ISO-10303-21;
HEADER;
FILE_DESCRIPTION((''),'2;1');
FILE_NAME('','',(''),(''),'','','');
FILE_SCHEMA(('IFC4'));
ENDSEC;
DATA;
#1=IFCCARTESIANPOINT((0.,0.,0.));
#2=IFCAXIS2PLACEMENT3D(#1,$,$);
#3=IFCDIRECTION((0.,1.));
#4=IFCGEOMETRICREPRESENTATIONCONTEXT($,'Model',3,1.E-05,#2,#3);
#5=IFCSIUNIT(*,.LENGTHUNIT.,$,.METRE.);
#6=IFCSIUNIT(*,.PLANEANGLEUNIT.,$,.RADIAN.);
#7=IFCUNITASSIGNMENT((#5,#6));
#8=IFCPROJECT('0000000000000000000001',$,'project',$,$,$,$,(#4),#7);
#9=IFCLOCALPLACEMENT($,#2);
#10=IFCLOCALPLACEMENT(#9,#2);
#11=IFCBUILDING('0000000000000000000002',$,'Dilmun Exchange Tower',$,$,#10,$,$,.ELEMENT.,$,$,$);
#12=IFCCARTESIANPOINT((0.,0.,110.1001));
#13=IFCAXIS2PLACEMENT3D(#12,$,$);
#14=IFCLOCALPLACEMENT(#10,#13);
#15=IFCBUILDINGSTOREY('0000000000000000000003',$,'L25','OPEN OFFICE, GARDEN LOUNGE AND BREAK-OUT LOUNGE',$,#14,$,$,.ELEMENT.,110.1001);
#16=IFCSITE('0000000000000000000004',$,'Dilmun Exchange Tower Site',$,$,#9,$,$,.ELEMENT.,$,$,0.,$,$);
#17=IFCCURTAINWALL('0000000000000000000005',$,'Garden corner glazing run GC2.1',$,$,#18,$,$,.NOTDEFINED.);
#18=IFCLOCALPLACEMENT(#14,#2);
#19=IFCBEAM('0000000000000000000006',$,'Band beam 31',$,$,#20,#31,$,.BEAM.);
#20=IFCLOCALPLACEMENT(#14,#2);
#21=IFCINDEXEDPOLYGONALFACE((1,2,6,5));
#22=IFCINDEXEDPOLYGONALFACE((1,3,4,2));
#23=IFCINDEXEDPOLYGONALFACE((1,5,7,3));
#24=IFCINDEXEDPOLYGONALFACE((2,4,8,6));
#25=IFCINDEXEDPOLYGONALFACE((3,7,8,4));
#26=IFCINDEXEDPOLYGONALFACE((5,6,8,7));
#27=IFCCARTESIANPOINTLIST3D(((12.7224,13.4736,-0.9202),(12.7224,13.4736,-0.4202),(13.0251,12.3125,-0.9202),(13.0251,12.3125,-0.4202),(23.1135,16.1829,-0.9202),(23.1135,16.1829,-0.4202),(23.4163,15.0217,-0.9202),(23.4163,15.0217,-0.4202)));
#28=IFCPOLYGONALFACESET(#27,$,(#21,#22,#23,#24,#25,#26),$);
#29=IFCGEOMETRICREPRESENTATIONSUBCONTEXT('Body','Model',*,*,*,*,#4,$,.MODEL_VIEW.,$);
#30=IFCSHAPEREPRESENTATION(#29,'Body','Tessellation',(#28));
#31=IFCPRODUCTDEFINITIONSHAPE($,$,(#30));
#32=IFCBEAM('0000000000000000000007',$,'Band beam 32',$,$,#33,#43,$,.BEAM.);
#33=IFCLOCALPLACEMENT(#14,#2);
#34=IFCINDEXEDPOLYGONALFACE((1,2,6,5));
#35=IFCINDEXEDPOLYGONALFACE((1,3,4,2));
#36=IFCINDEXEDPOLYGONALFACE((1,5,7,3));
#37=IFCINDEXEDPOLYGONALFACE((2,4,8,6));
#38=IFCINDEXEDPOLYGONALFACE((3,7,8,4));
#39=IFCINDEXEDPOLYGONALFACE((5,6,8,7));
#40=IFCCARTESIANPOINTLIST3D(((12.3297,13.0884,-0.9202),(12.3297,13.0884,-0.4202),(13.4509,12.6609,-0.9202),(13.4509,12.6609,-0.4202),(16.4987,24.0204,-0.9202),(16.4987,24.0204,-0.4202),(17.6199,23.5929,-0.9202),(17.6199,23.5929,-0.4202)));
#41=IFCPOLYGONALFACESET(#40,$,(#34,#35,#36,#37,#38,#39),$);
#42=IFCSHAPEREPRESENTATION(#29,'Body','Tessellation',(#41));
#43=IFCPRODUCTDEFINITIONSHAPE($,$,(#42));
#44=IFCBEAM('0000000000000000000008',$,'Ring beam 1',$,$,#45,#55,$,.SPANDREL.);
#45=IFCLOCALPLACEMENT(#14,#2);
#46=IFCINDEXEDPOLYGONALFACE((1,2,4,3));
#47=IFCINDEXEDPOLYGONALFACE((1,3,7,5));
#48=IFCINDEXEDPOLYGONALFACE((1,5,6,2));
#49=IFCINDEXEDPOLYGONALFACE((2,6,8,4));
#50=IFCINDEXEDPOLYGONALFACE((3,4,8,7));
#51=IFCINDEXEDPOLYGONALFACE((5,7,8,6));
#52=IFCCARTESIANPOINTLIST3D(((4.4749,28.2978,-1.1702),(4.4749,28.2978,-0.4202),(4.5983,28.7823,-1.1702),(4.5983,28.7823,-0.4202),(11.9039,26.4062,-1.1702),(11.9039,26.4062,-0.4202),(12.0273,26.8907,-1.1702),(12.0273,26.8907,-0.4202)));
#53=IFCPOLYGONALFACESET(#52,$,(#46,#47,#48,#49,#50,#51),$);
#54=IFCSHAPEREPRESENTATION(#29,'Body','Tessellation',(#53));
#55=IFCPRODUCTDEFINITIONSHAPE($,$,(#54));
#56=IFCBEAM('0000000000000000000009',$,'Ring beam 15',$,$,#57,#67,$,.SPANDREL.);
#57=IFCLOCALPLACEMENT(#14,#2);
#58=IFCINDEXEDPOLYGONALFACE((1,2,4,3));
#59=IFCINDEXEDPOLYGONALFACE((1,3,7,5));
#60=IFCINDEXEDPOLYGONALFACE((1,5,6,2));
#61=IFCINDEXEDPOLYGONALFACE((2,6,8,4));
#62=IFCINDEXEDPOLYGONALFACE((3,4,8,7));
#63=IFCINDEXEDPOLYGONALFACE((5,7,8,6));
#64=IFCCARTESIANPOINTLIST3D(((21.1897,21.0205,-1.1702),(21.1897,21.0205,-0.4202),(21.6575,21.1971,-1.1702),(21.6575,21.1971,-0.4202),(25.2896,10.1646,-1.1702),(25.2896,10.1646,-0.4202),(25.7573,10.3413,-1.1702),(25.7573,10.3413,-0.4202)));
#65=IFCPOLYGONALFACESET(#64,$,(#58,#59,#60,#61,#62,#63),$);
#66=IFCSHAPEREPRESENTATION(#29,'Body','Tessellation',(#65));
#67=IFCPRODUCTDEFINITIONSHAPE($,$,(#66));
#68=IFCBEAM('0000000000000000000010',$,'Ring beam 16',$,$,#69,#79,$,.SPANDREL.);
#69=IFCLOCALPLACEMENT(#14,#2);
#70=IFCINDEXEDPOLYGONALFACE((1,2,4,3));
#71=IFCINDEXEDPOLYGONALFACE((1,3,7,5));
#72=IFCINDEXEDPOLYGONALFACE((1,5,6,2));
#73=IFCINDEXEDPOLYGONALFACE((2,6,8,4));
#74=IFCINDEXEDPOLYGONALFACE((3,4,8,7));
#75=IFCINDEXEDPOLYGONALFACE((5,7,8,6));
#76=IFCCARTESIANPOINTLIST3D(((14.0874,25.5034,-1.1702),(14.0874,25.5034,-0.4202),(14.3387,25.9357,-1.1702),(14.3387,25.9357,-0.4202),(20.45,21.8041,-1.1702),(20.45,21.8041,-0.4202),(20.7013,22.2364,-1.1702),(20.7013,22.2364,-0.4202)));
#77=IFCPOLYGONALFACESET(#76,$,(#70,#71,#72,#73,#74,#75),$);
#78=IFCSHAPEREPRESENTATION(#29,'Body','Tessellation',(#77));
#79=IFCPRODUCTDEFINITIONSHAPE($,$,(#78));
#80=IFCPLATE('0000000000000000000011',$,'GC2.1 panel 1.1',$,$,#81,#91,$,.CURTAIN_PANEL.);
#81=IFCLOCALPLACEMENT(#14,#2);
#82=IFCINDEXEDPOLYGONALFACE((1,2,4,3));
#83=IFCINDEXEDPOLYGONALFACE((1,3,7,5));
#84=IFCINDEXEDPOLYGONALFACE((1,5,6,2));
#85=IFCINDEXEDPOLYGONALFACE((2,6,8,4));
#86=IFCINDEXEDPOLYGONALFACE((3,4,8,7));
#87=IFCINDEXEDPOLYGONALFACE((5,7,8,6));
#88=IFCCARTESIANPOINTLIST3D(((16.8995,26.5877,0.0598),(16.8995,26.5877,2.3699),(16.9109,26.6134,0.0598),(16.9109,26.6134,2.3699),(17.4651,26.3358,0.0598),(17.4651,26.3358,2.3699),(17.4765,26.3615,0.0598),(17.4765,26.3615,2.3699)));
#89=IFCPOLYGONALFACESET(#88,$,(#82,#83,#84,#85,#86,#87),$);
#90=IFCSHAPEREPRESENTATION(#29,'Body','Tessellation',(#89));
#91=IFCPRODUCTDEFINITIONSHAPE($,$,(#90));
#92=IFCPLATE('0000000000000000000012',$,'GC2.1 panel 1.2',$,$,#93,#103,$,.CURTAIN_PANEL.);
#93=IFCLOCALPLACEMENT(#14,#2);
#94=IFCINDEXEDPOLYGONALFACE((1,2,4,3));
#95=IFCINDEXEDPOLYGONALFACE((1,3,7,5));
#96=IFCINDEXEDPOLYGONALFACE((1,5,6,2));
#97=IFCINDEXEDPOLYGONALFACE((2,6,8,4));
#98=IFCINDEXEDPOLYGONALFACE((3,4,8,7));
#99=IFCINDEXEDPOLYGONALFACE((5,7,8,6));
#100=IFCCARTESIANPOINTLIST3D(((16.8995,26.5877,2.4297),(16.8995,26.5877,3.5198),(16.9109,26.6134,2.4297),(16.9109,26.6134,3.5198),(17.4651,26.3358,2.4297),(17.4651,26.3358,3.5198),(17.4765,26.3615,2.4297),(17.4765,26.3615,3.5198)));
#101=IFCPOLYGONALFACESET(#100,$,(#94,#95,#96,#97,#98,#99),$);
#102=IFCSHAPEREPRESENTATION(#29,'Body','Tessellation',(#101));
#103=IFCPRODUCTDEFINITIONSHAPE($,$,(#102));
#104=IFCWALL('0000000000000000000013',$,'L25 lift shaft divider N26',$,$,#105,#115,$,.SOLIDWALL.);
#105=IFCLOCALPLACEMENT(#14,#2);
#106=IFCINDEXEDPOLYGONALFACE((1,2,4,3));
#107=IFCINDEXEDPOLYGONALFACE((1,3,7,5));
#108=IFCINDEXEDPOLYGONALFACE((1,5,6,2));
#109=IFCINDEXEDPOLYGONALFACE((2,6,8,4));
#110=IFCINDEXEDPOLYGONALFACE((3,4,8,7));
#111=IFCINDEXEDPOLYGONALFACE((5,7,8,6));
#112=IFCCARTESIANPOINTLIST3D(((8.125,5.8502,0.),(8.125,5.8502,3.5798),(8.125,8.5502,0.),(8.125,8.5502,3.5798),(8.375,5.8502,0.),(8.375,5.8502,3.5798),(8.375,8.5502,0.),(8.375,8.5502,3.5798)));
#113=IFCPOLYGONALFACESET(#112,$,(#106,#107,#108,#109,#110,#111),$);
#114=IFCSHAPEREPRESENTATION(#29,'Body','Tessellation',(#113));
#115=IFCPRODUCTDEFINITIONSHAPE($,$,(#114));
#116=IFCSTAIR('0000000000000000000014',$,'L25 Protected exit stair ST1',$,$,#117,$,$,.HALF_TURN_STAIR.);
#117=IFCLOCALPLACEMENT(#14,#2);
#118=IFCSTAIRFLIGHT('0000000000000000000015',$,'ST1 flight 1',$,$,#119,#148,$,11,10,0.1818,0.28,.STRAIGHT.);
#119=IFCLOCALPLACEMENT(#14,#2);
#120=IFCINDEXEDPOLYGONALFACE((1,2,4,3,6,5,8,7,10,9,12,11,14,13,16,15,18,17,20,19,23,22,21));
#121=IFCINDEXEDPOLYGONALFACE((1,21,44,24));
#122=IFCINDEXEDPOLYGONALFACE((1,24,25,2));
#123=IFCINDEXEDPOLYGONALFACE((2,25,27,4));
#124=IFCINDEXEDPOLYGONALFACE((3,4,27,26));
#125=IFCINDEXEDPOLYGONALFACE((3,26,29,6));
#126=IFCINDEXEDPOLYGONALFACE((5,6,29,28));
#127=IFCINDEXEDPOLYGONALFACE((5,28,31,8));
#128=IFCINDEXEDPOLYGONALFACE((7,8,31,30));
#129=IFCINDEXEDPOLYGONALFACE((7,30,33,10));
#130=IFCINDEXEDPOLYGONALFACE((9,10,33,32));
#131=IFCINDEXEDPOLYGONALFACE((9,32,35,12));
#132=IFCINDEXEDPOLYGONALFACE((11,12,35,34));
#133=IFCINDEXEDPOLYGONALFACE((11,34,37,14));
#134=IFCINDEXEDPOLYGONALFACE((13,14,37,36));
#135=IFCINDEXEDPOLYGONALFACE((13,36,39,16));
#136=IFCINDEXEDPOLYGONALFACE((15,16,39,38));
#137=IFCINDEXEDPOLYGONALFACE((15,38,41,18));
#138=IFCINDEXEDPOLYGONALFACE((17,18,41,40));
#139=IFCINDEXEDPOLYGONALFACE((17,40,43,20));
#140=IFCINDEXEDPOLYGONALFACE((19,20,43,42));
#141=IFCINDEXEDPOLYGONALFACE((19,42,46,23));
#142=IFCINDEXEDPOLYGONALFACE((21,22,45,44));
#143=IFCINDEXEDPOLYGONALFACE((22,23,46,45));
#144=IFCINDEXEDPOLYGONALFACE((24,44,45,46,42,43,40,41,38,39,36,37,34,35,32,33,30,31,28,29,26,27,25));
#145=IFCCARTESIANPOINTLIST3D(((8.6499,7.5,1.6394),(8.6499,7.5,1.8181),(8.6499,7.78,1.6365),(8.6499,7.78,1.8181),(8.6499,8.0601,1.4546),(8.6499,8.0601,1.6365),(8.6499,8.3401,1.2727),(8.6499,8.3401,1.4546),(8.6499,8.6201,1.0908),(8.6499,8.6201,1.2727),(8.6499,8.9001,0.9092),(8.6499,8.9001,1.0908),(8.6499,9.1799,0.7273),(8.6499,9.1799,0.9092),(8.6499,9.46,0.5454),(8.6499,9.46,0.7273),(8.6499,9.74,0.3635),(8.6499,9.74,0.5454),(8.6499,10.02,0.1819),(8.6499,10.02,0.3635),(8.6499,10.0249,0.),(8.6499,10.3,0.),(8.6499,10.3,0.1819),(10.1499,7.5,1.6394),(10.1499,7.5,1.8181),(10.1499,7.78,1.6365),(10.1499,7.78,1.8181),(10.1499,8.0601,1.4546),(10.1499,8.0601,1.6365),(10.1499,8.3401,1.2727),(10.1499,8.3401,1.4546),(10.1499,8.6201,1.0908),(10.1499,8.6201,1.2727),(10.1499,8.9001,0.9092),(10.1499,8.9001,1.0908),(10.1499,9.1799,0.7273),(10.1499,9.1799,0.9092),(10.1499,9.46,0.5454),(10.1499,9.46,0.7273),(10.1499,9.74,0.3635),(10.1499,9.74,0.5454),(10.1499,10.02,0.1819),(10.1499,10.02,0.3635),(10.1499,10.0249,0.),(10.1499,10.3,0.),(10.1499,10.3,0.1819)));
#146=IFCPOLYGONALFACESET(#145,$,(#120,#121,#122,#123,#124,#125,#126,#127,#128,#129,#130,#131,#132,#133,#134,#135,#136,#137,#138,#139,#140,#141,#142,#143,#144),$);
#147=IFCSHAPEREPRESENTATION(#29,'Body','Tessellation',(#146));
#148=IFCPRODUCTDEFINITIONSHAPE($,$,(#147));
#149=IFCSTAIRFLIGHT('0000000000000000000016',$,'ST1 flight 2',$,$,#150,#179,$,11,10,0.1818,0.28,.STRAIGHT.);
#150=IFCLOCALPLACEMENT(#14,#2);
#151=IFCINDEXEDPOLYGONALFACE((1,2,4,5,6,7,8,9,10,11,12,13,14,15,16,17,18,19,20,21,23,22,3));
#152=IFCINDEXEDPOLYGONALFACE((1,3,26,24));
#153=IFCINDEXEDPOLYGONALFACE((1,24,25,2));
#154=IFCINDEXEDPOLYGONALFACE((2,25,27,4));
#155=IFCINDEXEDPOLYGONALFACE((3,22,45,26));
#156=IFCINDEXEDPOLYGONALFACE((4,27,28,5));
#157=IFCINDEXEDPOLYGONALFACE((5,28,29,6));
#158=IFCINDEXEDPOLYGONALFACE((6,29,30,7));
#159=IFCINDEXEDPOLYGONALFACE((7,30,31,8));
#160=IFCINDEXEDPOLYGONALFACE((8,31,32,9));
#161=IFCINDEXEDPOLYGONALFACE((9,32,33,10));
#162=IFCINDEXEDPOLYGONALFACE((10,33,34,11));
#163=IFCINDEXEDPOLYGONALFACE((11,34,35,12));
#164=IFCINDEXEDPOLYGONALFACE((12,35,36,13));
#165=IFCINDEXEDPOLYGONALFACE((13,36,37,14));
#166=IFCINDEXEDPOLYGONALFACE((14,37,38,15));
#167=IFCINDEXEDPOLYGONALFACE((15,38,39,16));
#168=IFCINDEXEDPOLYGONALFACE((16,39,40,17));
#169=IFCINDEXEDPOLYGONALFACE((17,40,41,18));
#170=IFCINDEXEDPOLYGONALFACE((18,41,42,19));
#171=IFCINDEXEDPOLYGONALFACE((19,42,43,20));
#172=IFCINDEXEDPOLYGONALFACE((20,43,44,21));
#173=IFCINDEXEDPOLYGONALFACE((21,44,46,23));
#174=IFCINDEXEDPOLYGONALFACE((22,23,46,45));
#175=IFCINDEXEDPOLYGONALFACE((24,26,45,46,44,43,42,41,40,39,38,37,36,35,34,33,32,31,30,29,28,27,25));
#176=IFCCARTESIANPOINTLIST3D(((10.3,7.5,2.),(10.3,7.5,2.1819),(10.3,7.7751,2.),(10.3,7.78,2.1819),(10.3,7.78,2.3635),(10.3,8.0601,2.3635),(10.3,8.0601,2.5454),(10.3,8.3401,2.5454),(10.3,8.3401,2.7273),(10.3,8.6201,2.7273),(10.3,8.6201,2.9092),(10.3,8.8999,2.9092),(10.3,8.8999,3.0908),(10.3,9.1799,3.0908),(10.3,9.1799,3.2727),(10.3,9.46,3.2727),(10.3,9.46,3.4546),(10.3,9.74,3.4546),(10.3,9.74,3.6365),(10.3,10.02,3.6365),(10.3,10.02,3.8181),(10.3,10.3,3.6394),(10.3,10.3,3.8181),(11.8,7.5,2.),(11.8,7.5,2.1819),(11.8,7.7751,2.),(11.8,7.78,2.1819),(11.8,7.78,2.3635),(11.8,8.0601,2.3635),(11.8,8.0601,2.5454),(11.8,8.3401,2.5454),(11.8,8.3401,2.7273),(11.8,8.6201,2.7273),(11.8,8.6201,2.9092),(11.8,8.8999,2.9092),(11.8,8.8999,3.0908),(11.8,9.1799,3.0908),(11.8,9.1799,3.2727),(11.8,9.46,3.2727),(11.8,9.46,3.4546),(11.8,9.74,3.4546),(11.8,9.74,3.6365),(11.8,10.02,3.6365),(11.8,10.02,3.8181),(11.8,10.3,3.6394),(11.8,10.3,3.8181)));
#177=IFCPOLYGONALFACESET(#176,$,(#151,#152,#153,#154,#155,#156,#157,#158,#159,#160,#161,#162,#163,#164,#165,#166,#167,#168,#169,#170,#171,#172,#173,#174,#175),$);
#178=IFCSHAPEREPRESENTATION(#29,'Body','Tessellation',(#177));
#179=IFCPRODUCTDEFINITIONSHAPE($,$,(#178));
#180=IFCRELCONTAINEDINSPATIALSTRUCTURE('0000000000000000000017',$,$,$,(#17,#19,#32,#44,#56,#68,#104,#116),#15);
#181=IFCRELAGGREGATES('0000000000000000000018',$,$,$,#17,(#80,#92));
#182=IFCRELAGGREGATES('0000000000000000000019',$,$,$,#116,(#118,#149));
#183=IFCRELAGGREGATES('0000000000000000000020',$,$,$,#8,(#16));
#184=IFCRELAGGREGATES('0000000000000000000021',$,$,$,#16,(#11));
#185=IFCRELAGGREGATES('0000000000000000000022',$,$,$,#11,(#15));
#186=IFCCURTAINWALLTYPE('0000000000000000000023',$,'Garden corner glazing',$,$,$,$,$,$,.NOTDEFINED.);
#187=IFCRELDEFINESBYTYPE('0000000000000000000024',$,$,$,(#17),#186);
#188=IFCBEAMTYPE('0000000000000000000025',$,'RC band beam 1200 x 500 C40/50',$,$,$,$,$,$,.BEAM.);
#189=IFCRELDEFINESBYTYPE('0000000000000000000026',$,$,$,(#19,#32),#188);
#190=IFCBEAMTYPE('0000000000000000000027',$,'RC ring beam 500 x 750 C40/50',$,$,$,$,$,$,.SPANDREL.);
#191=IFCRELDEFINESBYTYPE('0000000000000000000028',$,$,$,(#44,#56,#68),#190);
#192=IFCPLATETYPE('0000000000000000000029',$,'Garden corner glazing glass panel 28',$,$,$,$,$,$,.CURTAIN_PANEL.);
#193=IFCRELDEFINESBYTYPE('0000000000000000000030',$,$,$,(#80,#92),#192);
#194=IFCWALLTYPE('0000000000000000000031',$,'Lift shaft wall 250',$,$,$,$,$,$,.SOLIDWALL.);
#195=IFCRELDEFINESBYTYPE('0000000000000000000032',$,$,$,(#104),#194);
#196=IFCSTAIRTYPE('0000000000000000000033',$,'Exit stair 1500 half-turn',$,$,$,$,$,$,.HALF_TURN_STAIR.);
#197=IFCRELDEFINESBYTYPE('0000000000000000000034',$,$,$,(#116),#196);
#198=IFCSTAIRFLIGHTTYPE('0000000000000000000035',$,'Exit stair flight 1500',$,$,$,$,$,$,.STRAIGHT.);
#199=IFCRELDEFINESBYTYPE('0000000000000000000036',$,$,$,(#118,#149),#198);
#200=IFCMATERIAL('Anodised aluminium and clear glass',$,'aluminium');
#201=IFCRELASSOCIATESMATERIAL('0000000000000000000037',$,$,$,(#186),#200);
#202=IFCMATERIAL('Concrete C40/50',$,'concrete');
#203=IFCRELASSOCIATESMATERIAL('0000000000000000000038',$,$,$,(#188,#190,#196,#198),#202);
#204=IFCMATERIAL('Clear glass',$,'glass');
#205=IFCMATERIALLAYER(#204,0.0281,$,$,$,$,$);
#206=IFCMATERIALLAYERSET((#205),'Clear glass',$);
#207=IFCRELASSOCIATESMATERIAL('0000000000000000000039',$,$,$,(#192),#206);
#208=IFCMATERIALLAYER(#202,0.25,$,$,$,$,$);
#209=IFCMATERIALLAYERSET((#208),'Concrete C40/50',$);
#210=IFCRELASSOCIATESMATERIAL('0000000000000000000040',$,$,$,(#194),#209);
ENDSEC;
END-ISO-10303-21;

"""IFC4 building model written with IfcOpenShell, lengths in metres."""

from ifc_helpers import new_model, si_unit, direction, frame, frame_2d, origin, origin_2d, place, context, subcontext, project, spatial, polyline, rectangle, outline, extrude, material, layer, layer_set, material_profile, profile_set, type_object, element, aggregate, save


model = new_model("IFC4")

# Units and contexts
model_context = context("Model", 3, precision=1e-05, world=origin(), true_north=direction((0.0, 1.0)))
body_context = subcontext(model_context, "Body", "Model", "MODEL_VIEW")
ifc_project = project(units=[si_unit("LENGTHUNIT", "METRE"), si_unit("PLANEANGLEUNIT", "RADIAN")], contexts=[model_context])

# Site, building, storey
site_placement = place(None, origin())
site = spatial("IfcSite", under=ifc_project, at=site_placement, Name="Dilmun Exchange Tower Site", CompositionType="ELEMENT", RefElevation=0.0)
building_placement = place(site_placement, origin())
building = spatial("IfcBuilding", under=site, at=building_placement, Name="Dilmun Exchange Tower", CompositionType="ELEMENT")
storey_placement = place(building_placement, frame((0.0, 0.0, 110.1001)))
storey = spatial("IfcBuildingStorey", under=building, at=storey_placement, Name="L25", Description="OPEN OFFICE, GARDEN LOUNGE AND BREAK-OUT LOUNGE", CompositionType="ELEMENT", Elevation=110.1001)

# Shared definitions
ifc_material_1 = material(Name="Anodised aluminium and clear glass", Category="aluminium")
curtain_wall_type = type_object("IfcCurtainWallType", Name="Garden corner glazing", PredefinedType="NOTDEFINED", material=ifc_material_1)

# Curtain wall
curtain_wall_1_placement = place(storey_placement, origin())
curtain_wall_1 = element("IfcCurtainWall", 1, at=curtain_wall_1_placement, inside=storey, type_object=curtain_wall_type, Name="Garden corner glazing run GC2.1", PredefinedType="NOTDEFINED")

# Beams
ifc_material_2 = material(Name="Concrete C40/50", Category="concrete")
ifc_material_profile_1 = material_profile(ifc_material_2, rectangle(XDim=1.2, YDim=0.5, at=origin_2d()), Name="1200 x 500")
ifc_profile_set_1 = profile_set([ifc_material_profile_1], Name="Concrete C40/50")
beam_type_1 = type_object("IfcBeamType", Name="RC band beam 1200 x 500 C40/50", PredefinedType="BEAM", material=ifc_profile_set_1)
beam_1_placement = place(storey_placement, frame((23.2649, 15.6023, -0.6702), z_axis=(-0.967651, -0.252291, 0.0), x_axis=(0.252291, -0.967651, 0.0)))
element("IfcBeam", 2, at=beam_1_placement, inside=storey, type_object=beam_type_1, Name="Band beam 31", PredefinedType="BEAM", context=body_context, shape_type="SweptSolid", body=[
    extrude(rectangle(XDim=1.2, YDim=0.5, at=origin_2d()), origin(), (0.0, 0.0, 1.0), 10.7385),
])
beam_2_placement = place(storey_placement, frame((17.0593, 23.8066, -0.6702), z_axis=(-0.356325, -0.934362, 0.0), x_axis=(0.934362, -0.356325, 0.0)))
element("IfcBeam", 3, at=beam_2_placement, inside=storey, type_object=beam_type_1, Name="Band beam 32", PredefinedType="BEAM", context=body_context, shape_type="SweptSolid", body=[
    extrude(rectangle(XDim=1.2, YDim=0.5, at=origin_2d()), origin(), (0.0, 0.0, 1.0), 11.7),
])
ifc_material_profile_2 = material_profile(ifc_material_2, rectangle(XDim=0.5, YDim=0.75, at=origin_2d()), Name="500 x 750")
ifc_profile_set_2 = profile_set([ifc_material_profile_2], Name="Concrete C40/50")
beam_type_2 = type_object("IfcBeamType", Name="RC ring beam 500 x 750 C40/50", PredefinedType="SPANDREL", material=ifc_profile_set_2)
beam_3_placement = place(storey_placement, frame((11.9656, 26.6484, -0.7952), z_axis=(-0.969079, 0.246752, 0.0), x_axis=(-0.246752, -0.969079, 0.0)))
element("IfcBeam", 4, at=beam_3_placement, inside=storey, type_object=beam_type_2, Name="Ring beam 1", PredefinedType="SPANDREL", context=body_context, shape_type="SweptSolid", body=[
    extrude(rectangle(XDim=0.5, YDim=0.75, at=origin_2d()), origin(), (0.0, 0.0, 1.0), 7.666),
])
beam_4_placement = place(storey_placement, frame((25.5234, 10.2529, -0.7952), z_axis=(-0.353304, 0.935509, 0.0), x_axis=(-0.935509, -0.353304, 0.0)))
element("IfcBeam", 5, at=beam_4_placement, inside=storey, type_object=beam_type_2, Name="Ring beam 15", PredefinedType="SPANDREL", context=body_context, shape_type="SweptSolid", body=[
    extrude(rectangle(XDim=0.5, YDim=0.75, at=origin_2d()), origin(), (0.0, 0.0, 1.0), 11.6042),
])
beam_5_placement = place(storey_placement, frame((20.5757, 22.0203, -0.7952), z_axis=(-0.864503, 0.502627, 0.0), x_axis=(-0.502627, -0.864503, 0.0)))
element("IfcBeam", 6, at=beam_5_placement, inside=storey, type_object=beam_type_2, Name="Ring beam 16", PredefinedType="SPANDREL", context=body_context, shape_type="SweptSolid", body=[
    extrude(rectangle(XDim=0.5, YDim=0.75, at=origin_2d()), origin(), (0.0, 0.0, 1.0), 7.3599),
])

# Plates
ifc_material_3 = material(Name="Clear glass", Category="glass")
ifc_layer_1 = layer(ifc_material_3, 0.0281)
ifc_layer_set_1 = layer_set([ifc_layer_1], Name="Clear glass")
plate_type = type_object("IfcPlateType", Name="Garden corner glazing glass panel 28", PredefinedType="CURTAIN_PANEL", material=ifc_layer_set_1)
plate_1_placement = place(storey_placement, frame((17.188, 26.4746, 0.0598), z_axis=(0.0, 0.0, 1.0), x_axis=(-0.913504, 0.406829, 0.0)))
plate_1 = element("IfcPlate", 7, at=plate_1_placement, type_object=plate_type, Name="GC2.1 panel 1.1", PredefinedType="CURTAIN_PANEL", context=body_context, shape_type="SweptSolid", body=[
    extrude(rectangle(XDim=0.6191, YDim=0.0281, at=origin_2d()), origin(), (0.0, 0.0, 1.0), 2.3101),
])
plate_2_placement = place(storey_placement, frame((17.188, 26.4746, 2.4297), z_axis=(0.0, 0.0, 1.0), x_axis=(-0.913504, 0.406829, 0.0)))
plate_2 = element("IfcPlate", 8, at=plate_2_placement, type_object=plate_type, Name="GC2.1 panel 1.2", PredefinedType="CURTAIN_PANEL", context=body_context, shape_type="SweptSolid", body=[
    extrude(rectangle(XDim=0.6191, YDim=0.0281, at=origin_2d()), origin(), (0.0, 0.0, 1.0), 1.0901),
])
aggregate(curtain_wall_1, [plate_1, plate_2])

# Wall
ifc_layer_2 = layer(ifc_material_2, 0.25)
ifc_layer_set_2 = layer_set([ifc_layer_2], Name="Concrete C40/50")
wall_type_1 = type_object("IfcWallType", Name="Lift shaft wall 250", PredefinedType="SOLIDWALL", material=ifc_layer_set_2)
wall_1_placement = place(storey_placement, frame((8.25, 5.8501, 0.0), z_axis=(0.0, 0.0, 1.0), x_axis=(0.0, 1.0, 0.0)))
element("IfcWall", 9, at=wall_1_placement, inside=storey, type_object=wall_type_1, Name="L25 lift shaft divider N26", PredefinedType="SOLIDWALL", context=body_context, shape_type="SweptSolid", body=[
    extrude(rectangle(XDim=2.7, YDim=0.25, at=frame_2d((1.3501, 0.0))), origin(), (0.0, 0.0, 1.0), 3.5798),
])

# Stair, stair flights
stair_type = type_object("IfcStairType", Name="Exit stair 1500 half-turn", PredefinedType="HALF_TURN_STAIR", material=ifc_material_2)
stair_placement = place(storey_placement, origin())
stair = element("IfcStair", 10, at=stair_placement, inside=storey, type_object=stair_type, Name="L25 Protected exit stair ST1", PredefinedType="HALF_TURN_STAIR")
stair_flight_type = type_object("IfcStairFlightType", Name="Exit stair flight 1500", PredefinedType="STRAIGHT", material=ifc_material_2)
stair_flight_1_placement = place(storey_placement, frame((9.3999, 10.3, 0.0), z_axis=(0.0, 0.0, 1.0), x_axis=(0.0, -1.0, 0.0)))
stair_flight_1 = element("IfcStairFlight", 11, at=stair_flight_1_placement, type_object=stair_flight_type, Name="ST1 flight 1", NumberOfRisers=11, NumberOfTreads=10, PredefinedType="STRAIGHT", RiserHeight=0.1818, TreadLength=0.28, context=body_context, shape_type="SweptSolid", body=[
    extrude(outline(polyline([(0.0, 0.0), (0.0, 0.1819), (0.28, 0.1819), (0.28, 0.3635), (0.5601, 0.3635), (0.5601, 0.5454), (0.8401, 0.5454), (0.8401, 0.7273), (1.1201, 0.7273), (1.1201, 0.9092), (1.3999, 0.9092), (1.3999, 1.0908), (1.6799, 1.0908), (1.6799, 1.2727), (1.96, 1.2727), (1.96, 1.4546), (2.24, 1.4546), (2.24, 1.6365), (2.52, 1.6365), (2.52, 1.8181), (2.8, 1.8181), (2.8, 2.0), (2.8, 1.6394), (0.2751, 0.0), (0.0, 0.0)])), frame((0.0, 0.75, 0.0), z_axis=(0.0, -1.0, 0.0), x_axis=(1.0, 0.0, 0.0)), (0.0, 0.0, 1.0), 1.5),
])
stair_flight_2_placement = place(storey_placement, frame((11.05, 7.5, 2.0), z_axis=(0.0, 0.0, 1.0), x_axis=(0.0, 1.0, 0.0)))
stair_flight_2 = element("IfcStairFlight", 12, at=stair_flight_2_placement, type_object=stair_flight_type, Name="ST1 flight 2", NumberOfRisers=11, NumberOfTreads=10, PredefinedType="STRAIGHT", RiserHeight=0.1818, TreadLength=0.28, context=body_context, shape_type="SweptSolid", body=[
    extrude(outline(polyline([(0.0, 0.0), (0.0, 0.1819), (0.28, 0.1819), (0.28, 0.3635), (0.5601, 0.3635), (0.5601, 0.5454), (0.8401, 0.5454), (0.8401, 0.7273), (1.1201, 0.7273), (1.1201, 0.9092), (1.3999, 0.9092), (1.3999, 1.0908), (1.6799, 1.0908), (1.6799, 1.2727), (1.96, 1.2727), (1.96, 1.4546), (2.24, 1.4546), (2.24, 1.6365), (2.52, 1.6365), (2.52, 1.8181), (2.8, 1.8181), (2.8, 2.0), (2.8, 1.6394), (0.2751, 0.0), (0.0, 0.0)])), frame((0.0, 0.75, 0.0), z_axis=(0.0, -1.0, 0.0), x_axis=(1.0, 0.0, 0.0)), (0.0, 0.0, 1.0), 1.5),
])
aggregate(stair, [stair_flight_1, stair_flight_2])

save(model, "model.ifc")
